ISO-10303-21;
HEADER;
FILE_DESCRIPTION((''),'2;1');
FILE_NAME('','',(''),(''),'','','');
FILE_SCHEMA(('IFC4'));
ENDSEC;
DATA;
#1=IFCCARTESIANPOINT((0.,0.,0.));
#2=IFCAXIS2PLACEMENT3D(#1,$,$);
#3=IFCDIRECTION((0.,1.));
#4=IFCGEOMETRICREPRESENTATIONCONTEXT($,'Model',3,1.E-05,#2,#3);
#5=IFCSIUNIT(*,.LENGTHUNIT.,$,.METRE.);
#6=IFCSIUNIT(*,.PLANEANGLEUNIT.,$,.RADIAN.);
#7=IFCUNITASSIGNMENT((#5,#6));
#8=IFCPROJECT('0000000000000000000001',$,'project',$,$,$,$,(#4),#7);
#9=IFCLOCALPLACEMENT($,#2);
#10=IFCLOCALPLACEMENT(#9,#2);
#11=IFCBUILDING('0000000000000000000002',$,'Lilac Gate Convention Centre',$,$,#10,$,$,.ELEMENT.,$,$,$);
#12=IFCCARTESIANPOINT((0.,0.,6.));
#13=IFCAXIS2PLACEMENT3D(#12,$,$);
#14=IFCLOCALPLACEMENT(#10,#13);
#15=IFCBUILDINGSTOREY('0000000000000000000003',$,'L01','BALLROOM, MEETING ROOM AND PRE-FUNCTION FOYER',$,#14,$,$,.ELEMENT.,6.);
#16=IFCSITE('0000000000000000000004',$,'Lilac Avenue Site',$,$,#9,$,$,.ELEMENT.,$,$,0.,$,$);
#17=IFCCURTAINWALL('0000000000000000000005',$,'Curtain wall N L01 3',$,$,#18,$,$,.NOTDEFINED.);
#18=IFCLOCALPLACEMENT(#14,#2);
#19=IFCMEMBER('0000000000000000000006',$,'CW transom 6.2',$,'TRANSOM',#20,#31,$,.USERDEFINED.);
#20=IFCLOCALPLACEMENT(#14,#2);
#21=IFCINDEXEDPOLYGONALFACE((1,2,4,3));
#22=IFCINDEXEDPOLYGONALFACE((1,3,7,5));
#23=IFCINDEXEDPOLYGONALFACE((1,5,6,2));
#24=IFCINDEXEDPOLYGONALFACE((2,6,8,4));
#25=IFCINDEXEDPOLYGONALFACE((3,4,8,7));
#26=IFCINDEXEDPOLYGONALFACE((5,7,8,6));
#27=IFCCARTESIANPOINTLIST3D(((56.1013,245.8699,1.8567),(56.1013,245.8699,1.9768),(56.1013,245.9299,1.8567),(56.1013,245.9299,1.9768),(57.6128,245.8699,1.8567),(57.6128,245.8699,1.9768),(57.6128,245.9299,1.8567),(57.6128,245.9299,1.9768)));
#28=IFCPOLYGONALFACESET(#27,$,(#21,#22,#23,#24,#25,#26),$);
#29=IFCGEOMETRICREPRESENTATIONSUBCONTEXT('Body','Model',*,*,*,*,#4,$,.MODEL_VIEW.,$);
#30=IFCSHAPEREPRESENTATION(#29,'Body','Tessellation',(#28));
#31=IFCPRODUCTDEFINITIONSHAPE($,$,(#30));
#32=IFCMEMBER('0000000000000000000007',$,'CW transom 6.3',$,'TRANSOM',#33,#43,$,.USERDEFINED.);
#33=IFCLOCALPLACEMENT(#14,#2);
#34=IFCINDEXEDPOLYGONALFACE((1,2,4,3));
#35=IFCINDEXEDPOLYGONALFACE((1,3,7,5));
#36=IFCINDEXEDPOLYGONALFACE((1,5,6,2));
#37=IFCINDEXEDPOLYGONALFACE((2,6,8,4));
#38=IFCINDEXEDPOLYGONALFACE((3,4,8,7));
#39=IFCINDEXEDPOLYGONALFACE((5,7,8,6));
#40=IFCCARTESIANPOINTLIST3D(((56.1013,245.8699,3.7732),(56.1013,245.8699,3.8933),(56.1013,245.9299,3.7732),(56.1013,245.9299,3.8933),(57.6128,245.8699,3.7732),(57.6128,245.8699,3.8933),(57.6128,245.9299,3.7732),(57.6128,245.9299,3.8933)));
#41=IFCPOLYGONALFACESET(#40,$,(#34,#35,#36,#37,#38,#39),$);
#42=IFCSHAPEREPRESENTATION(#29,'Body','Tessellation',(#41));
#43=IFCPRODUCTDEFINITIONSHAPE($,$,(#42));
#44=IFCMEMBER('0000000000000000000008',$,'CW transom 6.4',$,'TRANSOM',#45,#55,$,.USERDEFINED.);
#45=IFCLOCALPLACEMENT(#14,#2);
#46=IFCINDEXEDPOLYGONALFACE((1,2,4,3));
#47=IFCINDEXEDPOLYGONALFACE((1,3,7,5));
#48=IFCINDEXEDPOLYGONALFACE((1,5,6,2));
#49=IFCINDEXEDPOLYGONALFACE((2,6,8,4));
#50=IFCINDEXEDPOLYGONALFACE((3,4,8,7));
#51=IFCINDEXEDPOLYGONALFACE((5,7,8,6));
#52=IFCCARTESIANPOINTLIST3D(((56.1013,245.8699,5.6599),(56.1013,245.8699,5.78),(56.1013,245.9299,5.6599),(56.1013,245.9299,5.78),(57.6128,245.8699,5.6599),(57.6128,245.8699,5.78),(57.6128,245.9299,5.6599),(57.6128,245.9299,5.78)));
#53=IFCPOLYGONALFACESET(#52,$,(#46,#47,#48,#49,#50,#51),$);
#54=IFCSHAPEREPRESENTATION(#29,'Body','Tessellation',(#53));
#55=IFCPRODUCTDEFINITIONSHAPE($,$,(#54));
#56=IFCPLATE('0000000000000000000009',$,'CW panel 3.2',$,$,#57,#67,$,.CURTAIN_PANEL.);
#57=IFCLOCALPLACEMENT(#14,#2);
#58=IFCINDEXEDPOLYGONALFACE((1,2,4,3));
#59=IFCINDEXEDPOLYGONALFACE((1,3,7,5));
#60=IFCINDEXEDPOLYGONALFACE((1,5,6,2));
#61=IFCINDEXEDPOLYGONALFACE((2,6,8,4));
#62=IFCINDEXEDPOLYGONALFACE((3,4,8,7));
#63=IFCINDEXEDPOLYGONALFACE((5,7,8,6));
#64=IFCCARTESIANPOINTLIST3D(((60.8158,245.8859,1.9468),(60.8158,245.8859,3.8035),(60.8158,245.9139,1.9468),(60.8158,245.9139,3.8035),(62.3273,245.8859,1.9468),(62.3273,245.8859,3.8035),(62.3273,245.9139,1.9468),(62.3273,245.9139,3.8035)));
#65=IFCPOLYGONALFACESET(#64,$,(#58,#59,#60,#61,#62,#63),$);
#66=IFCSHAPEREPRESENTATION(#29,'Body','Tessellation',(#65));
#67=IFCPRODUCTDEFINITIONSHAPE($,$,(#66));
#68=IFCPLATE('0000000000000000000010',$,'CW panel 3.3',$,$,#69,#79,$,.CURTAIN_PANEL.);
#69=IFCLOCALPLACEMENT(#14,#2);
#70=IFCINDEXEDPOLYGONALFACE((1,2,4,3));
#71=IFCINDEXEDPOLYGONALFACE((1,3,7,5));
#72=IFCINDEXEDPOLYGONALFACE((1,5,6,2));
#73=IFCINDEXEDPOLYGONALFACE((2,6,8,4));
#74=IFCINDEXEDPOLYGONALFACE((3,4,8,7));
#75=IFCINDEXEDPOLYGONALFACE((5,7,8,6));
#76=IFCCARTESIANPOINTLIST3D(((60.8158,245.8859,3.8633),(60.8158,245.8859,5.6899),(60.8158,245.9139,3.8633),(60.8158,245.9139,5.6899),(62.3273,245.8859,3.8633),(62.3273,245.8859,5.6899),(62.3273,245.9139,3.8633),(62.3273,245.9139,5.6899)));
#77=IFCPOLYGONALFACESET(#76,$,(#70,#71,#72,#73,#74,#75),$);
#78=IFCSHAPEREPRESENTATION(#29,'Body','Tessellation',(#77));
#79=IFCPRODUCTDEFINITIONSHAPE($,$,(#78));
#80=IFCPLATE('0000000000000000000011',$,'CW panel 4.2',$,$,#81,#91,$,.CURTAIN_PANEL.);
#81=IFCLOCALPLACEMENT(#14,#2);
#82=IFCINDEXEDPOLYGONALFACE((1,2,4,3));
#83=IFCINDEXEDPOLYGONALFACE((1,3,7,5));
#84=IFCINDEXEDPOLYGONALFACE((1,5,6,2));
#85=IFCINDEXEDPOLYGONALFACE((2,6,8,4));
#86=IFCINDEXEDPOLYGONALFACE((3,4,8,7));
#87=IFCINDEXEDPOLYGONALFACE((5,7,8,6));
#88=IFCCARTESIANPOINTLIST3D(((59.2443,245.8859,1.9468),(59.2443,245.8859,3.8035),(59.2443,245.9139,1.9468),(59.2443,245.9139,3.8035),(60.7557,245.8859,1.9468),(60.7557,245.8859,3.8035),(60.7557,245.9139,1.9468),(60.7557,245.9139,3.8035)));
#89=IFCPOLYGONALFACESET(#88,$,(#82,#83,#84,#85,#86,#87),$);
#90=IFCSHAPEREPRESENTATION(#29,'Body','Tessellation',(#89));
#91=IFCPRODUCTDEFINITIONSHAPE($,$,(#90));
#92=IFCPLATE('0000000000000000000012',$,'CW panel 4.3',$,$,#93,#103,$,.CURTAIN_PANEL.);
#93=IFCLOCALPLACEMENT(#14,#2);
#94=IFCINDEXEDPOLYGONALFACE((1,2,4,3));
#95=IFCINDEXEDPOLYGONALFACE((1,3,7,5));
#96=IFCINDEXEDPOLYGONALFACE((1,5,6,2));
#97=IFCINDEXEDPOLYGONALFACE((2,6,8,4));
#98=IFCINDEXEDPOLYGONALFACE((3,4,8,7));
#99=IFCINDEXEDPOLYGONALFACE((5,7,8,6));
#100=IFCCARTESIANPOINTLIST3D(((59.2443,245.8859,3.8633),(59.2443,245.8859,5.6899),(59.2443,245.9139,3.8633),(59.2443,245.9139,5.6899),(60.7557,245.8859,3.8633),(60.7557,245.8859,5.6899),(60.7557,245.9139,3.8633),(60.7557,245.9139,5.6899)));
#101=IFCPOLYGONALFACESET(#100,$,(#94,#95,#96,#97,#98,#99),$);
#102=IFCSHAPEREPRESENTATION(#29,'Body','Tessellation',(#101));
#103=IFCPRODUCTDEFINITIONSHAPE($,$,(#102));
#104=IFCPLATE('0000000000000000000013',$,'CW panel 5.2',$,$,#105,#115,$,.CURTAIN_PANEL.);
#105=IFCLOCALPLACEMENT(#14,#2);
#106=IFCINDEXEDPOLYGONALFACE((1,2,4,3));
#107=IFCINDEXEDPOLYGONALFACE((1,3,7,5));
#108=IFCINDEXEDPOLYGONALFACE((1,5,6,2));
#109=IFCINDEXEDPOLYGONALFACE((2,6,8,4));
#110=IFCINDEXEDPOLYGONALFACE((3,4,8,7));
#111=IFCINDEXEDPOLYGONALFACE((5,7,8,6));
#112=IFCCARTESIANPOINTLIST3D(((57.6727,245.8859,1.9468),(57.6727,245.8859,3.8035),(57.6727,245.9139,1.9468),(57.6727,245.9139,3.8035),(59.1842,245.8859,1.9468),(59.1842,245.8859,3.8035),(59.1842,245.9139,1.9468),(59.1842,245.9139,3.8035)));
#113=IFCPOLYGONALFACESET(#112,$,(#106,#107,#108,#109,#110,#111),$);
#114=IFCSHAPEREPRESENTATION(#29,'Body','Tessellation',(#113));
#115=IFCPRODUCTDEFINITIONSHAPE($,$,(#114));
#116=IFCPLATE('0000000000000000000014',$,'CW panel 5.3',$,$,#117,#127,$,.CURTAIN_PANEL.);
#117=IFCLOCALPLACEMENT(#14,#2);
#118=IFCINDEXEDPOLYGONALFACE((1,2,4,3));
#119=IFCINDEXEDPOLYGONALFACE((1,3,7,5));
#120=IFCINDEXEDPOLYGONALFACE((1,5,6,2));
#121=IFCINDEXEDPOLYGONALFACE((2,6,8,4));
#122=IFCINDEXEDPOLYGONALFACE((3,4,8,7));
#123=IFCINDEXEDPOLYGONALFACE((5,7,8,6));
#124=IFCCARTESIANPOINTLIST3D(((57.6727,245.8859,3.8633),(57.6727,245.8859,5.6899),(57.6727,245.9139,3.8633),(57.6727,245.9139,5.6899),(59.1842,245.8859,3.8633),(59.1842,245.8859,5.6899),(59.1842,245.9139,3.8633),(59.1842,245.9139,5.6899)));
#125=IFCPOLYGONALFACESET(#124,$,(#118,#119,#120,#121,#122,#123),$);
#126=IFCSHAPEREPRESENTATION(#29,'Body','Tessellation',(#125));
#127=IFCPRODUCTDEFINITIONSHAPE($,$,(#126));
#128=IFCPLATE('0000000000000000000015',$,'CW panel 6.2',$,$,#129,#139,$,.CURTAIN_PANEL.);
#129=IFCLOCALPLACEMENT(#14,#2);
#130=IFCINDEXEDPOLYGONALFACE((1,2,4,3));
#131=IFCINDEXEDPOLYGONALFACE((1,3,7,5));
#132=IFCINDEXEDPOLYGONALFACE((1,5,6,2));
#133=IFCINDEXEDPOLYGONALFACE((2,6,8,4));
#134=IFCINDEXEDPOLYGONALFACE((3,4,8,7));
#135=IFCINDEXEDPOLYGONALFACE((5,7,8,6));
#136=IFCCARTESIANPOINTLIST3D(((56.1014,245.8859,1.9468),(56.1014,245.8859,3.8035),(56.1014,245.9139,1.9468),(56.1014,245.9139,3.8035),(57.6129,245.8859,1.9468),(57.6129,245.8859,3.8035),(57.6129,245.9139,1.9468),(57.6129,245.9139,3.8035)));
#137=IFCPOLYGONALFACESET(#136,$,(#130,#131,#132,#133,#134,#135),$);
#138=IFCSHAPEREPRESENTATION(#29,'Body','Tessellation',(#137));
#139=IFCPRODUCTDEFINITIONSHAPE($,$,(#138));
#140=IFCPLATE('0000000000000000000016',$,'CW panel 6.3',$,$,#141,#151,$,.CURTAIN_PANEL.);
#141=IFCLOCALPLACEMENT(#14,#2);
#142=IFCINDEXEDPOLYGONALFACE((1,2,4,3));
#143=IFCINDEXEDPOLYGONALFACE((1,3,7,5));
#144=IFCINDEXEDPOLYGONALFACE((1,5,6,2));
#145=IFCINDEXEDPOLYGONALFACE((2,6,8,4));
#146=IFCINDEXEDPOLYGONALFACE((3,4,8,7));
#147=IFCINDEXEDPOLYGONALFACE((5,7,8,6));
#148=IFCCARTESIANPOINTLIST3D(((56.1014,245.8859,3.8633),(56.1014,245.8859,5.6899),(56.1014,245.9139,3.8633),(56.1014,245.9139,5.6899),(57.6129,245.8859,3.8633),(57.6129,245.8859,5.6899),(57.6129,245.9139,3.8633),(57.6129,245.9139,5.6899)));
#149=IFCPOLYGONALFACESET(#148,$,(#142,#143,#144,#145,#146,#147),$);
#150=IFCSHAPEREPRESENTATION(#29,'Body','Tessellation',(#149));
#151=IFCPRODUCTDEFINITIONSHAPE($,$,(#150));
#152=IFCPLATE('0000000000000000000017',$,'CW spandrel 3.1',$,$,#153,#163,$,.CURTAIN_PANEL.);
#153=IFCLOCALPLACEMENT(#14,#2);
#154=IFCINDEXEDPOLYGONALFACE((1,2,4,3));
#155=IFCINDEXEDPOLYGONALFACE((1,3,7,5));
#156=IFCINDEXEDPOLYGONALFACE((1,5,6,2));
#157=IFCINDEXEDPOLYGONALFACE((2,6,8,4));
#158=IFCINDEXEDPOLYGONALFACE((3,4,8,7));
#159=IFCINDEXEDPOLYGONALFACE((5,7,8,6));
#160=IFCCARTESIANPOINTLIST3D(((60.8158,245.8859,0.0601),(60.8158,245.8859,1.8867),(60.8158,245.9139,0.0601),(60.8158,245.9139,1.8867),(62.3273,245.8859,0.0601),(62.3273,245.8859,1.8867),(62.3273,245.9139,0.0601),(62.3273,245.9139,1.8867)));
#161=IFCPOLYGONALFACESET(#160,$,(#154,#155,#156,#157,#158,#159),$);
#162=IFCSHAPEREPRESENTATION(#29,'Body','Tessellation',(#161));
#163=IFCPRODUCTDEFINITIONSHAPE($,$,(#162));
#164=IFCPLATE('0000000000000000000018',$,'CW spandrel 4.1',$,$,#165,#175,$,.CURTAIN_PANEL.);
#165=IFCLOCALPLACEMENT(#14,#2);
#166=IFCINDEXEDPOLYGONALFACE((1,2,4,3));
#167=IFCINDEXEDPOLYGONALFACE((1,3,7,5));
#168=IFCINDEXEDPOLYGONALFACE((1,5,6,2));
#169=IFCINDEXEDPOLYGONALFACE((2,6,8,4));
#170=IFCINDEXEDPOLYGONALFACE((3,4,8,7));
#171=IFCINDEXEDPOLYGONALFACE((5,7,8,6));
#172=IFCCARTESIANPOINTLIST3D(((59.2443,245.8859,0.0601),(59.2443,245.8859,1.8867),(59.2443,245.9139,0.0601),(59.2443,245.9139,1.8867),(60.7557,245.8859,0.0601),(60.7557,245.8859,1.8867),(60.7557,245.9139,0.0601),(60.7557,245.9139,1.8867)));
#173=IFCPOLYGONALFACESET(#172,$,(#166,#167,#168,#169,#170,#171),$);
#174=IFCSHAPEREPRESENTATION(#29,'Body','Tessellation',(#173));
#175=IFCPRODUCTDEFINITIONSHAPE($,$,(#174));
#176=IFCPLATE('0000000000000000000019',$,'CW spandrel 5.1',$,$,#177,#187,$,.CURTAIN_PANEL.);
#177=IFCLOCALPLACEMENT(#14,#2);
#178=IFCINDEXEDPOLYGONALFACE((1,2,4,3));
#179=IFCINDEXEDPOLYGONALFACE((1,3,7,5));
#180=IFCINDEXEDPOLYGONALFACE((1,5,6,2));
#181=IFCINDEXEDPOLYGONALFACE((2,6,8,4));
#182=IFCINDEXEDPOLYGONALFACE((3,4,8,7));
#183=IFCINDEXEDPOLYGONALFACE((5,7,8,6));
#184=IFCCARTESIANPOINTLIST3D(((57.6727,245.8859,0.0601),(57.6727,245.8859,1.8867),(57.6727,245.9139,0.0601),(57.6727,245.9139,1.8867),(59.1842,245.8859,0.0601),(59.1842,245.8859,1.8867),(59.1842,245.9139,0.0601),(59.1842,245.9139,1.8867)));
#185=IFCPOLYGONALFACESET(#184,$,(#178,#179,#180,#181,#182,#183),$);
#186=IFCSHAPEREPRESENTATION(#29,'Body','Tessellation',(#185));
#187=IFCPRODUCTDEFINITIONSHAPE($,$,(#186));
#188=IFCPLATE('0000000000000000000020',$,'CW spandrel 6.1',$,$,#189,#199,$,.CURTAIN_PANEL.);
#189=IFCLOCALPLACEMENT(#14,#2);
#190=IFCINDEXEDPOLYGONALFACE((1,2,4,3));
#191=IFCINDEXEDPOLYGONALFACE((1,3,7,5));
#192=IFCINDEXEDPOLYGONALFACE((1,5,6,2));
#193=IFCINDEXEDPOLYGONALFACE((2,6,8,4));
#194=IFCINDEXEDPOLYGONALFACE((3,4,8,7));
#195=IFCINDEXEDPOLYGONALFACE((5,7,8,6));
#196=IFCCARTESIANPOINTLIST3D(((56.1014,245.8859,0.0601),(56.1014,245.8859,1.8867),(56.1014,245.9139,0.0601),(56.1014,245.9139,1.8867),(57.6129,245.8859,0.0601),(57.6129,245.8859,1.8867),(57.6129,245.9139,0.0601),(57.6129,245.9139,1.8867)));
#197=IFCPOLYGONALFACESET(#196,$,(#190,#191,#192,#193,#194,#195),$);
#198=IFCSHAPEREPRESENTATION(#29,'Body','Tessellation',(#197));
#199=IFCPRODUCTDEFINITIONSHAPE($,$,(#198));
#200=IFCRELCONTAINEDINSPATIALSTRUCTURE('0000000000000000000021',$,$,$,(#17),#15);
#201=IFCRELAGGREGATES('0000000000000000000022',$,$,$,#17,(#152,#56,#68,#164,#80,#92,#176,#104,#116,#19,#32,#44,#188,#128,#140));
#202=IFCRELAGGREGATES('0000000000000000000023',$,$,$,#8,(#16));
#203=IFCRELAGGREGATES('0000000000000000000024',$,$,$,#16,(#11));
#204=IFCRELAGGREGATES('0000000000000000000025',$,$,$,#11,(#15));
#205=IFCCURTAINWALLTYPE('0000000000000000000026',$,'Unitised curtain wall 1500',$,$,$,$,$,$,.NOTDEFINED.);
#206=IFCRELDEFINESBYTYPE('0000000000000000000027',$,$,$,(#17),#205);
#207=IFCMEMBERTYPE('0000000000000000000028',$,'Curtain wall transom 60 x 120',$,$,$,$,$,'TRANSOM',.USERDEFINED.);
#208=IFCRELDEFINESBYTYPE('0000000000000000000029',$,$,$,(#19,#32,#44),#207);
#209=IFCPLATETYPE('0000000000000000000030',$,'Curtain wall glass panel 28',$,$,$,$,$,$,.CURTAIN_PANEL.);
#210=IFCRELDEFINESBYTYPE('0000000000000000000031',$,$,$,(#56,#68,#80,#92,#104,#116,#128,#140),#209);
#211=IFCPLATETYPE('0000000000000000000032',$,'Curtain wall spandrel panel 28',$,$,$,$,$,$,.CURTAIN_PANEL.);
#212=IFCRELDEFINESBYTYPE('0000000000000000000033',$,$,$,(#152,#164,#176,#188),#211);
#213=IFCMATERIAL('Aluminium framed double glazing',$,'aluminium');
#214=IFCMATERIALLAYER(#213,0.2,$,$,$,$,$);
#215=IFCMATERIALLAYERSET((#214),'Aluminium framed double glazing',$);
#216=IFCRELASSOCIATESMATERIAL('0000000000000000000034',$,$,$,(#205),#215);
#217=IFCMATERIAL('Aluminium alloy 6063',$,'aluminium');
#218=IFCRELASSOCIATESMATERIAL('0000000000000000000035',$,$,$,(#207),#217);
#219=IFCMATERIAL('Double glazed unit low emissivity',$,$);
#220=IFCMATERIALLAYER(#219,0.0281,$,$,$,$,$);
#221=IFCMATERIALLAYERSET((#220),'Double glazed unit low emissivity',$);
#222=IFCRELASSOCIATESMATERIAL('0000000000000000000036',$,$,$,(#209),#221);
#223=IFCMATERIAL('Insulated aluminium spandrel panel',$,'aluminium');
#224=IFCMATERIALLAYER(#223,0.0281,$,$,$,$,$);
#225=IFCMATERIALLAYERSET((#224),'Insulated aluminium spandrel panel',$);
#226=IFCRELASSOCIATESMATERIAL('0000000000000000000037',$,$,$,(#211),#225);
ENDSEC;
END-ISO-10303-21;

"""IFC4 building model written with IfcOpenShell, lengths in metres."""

from ifc_helpers import new_model, si_unit, direction, frame, origin, origin_2d, place, context, subcontext, project, spatial, rectangle, extrude, material, layer, layer_set, material_profile, profile_set, type_object, element, aggregate, save


model = new_model("IFC4")

# Units and contexts
model_context = context("Model", 3, precision=1e-05, world=origin(), true_north=direction((0.0, 1.0)))
body_context = subcontext(model_context, "Body", "Model", "MODEL_VIEW")
ifc_project = project(units=[si_unit("LENGTHUNIT", "METRE"), si_unit("PLANEANGLEUNIT", "RADIAN")], contexts=[model_context])

# Site, building, storey
site_placement = place(None, origin())
site = spatial("IfcSite", under=ifc_project, at=site_placement, Name="Lilac Avenue Site", CompositionType="ELEMENT", RefElevation=0.0)
building_placement = place(site_placement, origin())
building = spatial("IfcBuilding", under=site, at=building_placement, Name="Lilac Gate Convention Centre", CompositionType="ELEMENT")
storey_placement = place(building_placement, frame((0.0, 0.0, 6.0)))
storey = spatial("IfcBuildingStorey", under=building, at=storey_placement, Name="L01", Description="BALLROOM, MEETING ROOM AND PRE-FUNCTION FOYER", CompositionType="ELEMENT", Elevation=6.0)

# Curtain wall, members, plates
ifc_material_1 = material(Name="Aluminium framed double glazing", Category="aluminium")
ifc_layer_1 = layer(ifc_material_1, 0.2)
ifc_layer_set_1 = layer_set([ifc_layer_1], Name="Aluminium framed double glazing")
curtain_wall_type = type_object("IfcCurtainWallType", Name="Unitised curtain wall 1500", PredefinedType="NOTDEFINED", material=ifc_layer_set_1)
curtain_wall_placement = place(storey_placement, origin())
curtain_wall = element("IfcCurtainWall", 1, at=curtain_wall_placement, inside=storey, type_object=curtain_wall_type, Name="Curtain wall N L01 3", PredefinedType="NOTDEFINED")
ifc_material_2 = material(Name="Aluminium alloy 6063", Category="aluminium")
ifc_material_profile_1 = material_profile(ifc_material_2, rectangle(XDim=0.0601, YDim=0.1201, at=origin_2d()), Name="Curtain wall transom 60 x 120")
ifc_profile_set_1 = profile_set([ifc_material_profile_1], Name="Aluminium alloy 6063")
member_type_1 = type_object("IfcMemberType", Name="Curtain wall transom 60 x 120", ElementType="TRANSOM", PredefinedType="USERDEFINED", material=ifc_profile_set_1)
member_1_placement = place(storey_placement, frame((57.6128, 245.8999, 1.9167), z_axis=(-1.0, 0.0, 0.0), x_axis=(0.0, -1.0, 0.0)))
member_1 = element("IfcMember", 2, at=member_1_placement, type_object=member_type_1, Name="CW transom 6.2", ObjectType="TRANSOM", PredefinedType="USERDEFINED", context=body_context, shape_type="SweptSolid", body=[
    extrude(rectangle(XDim=0.0601, YDim=0.1201, at=origin_2d()), origin(), (0.0, 0.0, 1.0), 1.5115),
])
member_2_placement = place(storey_placement, frame((57.6128, 245.8999, 3.8333), z_axis=(-1.0, 0.0, 0.0), x_axis=(0.0, -1.0, 0.0)))
member_2 = element("IfcMember", 3, at=member_2_placement, type_object=member_type_1, Name="CW transom 6.3", ObjectType="TRANSOM", PredefinedType="USERDEFINED", context=body_context, shape_type="SweptSolid", body=[
    extrude(rectangle(XDim=0.0601, YDim=0.1201, at=origin_2d()), origin(), (0.0, 0.0, 1.0), 1.5115),
])
member_3_placement = place(storey_placement, frame((57.6128, 245.8999, 5.72), z_axis=(-1.0, 0.0, 0.0), x_axis=(0.0, -1.0, 0.0)))
member_3 = element("IfcMember", 4, at=member_3_placement, type_object=member_type_1, Name="CW transom 6.4", ObjectType="TRANSOM", PredefinedType="USERDEFINED", context=body_context, shape_type="SweptSolid", body=[
    extrude(rectangle(XDim=0.0601, YDim=0.1201, at=origin_2d()), origin(), (0.0, 0.0, 1.0), 1.5115),
])
ifc_material_3 = material(Name="Double glazed unit low emissivity")
ifc_layer_2 = layer(ifc_material_3, 0.0281)
ifc_layer_set_2 = layer_set([ifc_layer_2], Name="Double glazed unit low emissivity")
plate_type_1 = type_object("IfcPlateType", Name="Curtain wall glass panel 28", PredefinedType="CURTAIN_PANEL", material=ifc_layer_set_2)
plate_1_placement = place(storey_placement, frame((61.5715, 245.8999, 1.9468), z_axis=(0.0, 0.0, 1.0), x_axis=(-1.0, 0.0, 0.0)))
plate_1 = element("IfcPlate", 5, at=plate_1_placement, type_object=plate_type_1, Name="CW panel 3.2", PredefinedType="CURTAIN_PANEL", context=body_context, shape_type="SweptSolid", body=[
    extrude(rectangle(XDim=1.5115, YDim=0.0281, at=origin_2d()), origin(), (0.0, 0.0, 1.0), 1.8567),
])
plate_2_placement = place(storey_placement, frame((61.5715, 245.8999, 3.8633), z_axis=(0.0, 0.0, 1.0), x_axis=(-1.0, 0.0, 0.0)))
plate_2 = element("IfcPlate", 6, at=plate_2_placement, type_object=plate_type_1, Name="CW panel 3.3", PredefinedType="CURTAIN_PANEL", context=body_context, shape_type="SweptSolid", body=[
    extrude(rectangle(XDim=1.5115, YDim=0.0281, at=origin_2d()), origin(), (0.0, 0.0, 1.0), 1.8267),
])
plate_3_placement = place(storey_placement, frame((60.0, 245.8999, 1.9468), z_axis=(0.0, 0.0, 1.0), x_axis=(-1.0, 0.0, 0.0)))
plate_3 = element("IfcPlate", 7, at=plate_3_placement, type_object=plate_type_1, Name="CW panel 4.2", PredefinedType="CURTAIN_PANEL", context=body_context, shape_type="SweptSolid", body=[
    extrude(rectangle(XDim=1.5115, YDim=0.0281, at=origin_2d()), origin(), (0.0, 0.0, 1.0), 1.8567),
])
plate_4_placement = place(storey_placement, frame((60.0, 245.8999, 3.8633), z_axis=(0.0, 0.0, 1.0), x_axis=(-1.0, 0.0, 0.0)))
plate_4 = element("IfcPlate", 8, at=plate_4_placement, type_object=plate_type_1, Name="CW panel 4.3", PredefinedType="CURTAIN_PANEL", context=body_context, shape_type="SweptSolid", body=[
    extrude(rectangle(XDim=1.5115, YDim=0.0281, at=origin_2d()), origin(), (0.0, 0.0, 1.0), 1.8267),
])
plate_5_placement = place(storey_placement, frame((58.4285, 245.8999, 1.9468), z_axis=(0.0, 0.0, 1.0), x_axis=(-1.0, 0.0, 0.0)))
plate_5 = element("IfcPlate", 9, at=plate_5_placement, type_object=plate_type_1, Name="CW panel 5.2", PredefinedType="CURTAIN_PANEL", context=body_context, shape_type="SweptSolid", body=[
    extrude(rectangle(XDim=1.5115, YDim=0.0281, at=origin_2d()), origin(), (0.0, 0.0, 1.0), 1.8567),
])
plate_6_placement = place(storey_placement, frame((58.4285, 245.8999, 3.8633), z_axis=(0.0, 0.0, 1.0), x_axis=(-1.0, 0.0, 0.0)))
plate_6 = element("IfcPlate", 10, at=plate_6_placement, type_object=plate_type_1, Name="CW panel 5.3", PredefinedType="CURTAIN_PANEL", context=body_context, shape_type="SweptSolid", body=[
    extrude(rectangle(XDim=1.5115, YDim=0.0281, at=origin_2d()), origin(), (0.0, 0.0, 1.0), 1.8267),
])
plate_7_placement = place(storey_placement, frame((56.8572, 245.8999, 1.9468), z_axis=(0.0, 0.0, 1.0), x_axis=(-1.0, 0.0, 0.0)))
plate_7 = element("IfcPlate", 11, at=plate_7_placement, type_object=plate_type_1, Name="CW panel 6.2", PredefinedType="CURTAIN_PANEL", context=body_context, shape_type="SweptSolid", body=[
    extrude(rectangle(XDim=1.5115, YDim=0.0281, at=origin_2d()), origin(), (0.0, 0.0, 1.0), 1.8567),
])
plate_8_placement = place(storey_placement, frame((56.8572, 245.8999, 3.8633), z_axis=(0.0, 0.0, 1.0), x_axis=(-1.0, 0.0, 0.0)))
plate_8 = element("IfcPlate", 12, at=plate_8_placement, type_object=plate_type_1, Name="CW panel 6.3", PredefinedType="CURTAIN_PANEL", context=body_context, shape_type="SweptSolid", body=[
    extrude(rectangle(XDim=1.5115, YDim=0.0281, at=origin_2d()), origin(), (0.0, 0.0, 1.0), 1.8267),
])
ifc_material_4 = material(Name="Insulated aluminium spandrel panel", Category="aluminium")
ifc_layer_3 = layer(ifc_material_4, 0.0281)
ifc_layer_set_3 = layer_set([ifc_layer_3], Name="Insulated aluminium spandrel panel")
plate_type_2 = type_object("IfcPlateType", Name="Curtain wall spandrel panel 28", PredefinedType="CURTAIN_PANEL", material=ifc_layer_set_3)
plate_9_placement = place(storey_placement, frame((61.5715, 245.8999, 0.0601), z_axis=(0.0, 0.0, 1.0), x_axis=(-1.0, 0.0, 0.0)))
plate_9 = element("IfcPlate", 13, at=plate_9_placement, type_object=plate_type_2, Name="CW spandrel 3.1", PredefinedType="CURTAIN_PANEL", context=body_context, shape_type="SweptSolid", body=[
    extrude(rectangle(XDim=1.5115, YDim=0.0281, at=origin_2d()), origin(), (0.0, 0.0, 1.0), 1.8267),
])
plate_10_placement = place(storey_placement, frame((60.0, 245.8999, 0.0601), z_axis=(0.0, 0.0, 1.0), x_axis=(-1.0, 0.0, 0.0)))
plate_10 = element("IfcPlate", 14, at=plate_10_placement, type_object=plate_type_2, Name="CW spandrel 4.1", PredefinedType="CURTAIN_PANEL", context=body_context, shape_type="SweptSolid", body=[
    extrude(rectangle(XDim=1.5115, YDim=0.0281, at=origin_2d()), origin(), (0.0, 0.0, 1.0), 1.8267),
])
plate_11_placement = place(storey_placement, frame((58.4285, 245.8999, 0.0601), z_axis=(0.0, 0.0, 1.0), x_axis=(-1.0, 0.0, 0.0)))
plate_11 = element("IfcPlate", 15, at=plate_11_placement, type_object=plate_type_2, Name="CW spandrel 5.1", PredefinedType="CURTAIN_PANEL", context=body_context, shape_type="SweptSolid", body=[
    extrude(rectangle(XDim=1.5115, YDim=0.0281, at=origin_2d()), origin(), (0.0, 0.0, 1.0), 1.8267),
])
plate_12_placement = place(storey_placement, frame((56.8572, 245.8999, 0.0601), z_axis=(0.0, 0.0, 1.0), x_axis=(-1.0, 0.0, 0.0)))
plate_12 = element("IfcPlate", 16, at=plate_12_placement, type_object=plate_type_2, Name="CW spandrel 6.1", PredefinedType="CURTAIN_PANEL", context=body_context, shape_type="SweptSolid", body=[
    extrude(rectangle(XDim=1.5115, YDim=0.0281, at=origin_2d()), origin(), (0.0, 0.0, 1.0), 1.8267),
])
aggregate(curtain_wall, [plate_9, plate_1, plate_2, plate_10, plate_3, plate_4, plate_11, plate_5, plate_6, member_1, member_2, member_3, plate_12, plate_7, plate_8])

save(model, "model.ifc")
